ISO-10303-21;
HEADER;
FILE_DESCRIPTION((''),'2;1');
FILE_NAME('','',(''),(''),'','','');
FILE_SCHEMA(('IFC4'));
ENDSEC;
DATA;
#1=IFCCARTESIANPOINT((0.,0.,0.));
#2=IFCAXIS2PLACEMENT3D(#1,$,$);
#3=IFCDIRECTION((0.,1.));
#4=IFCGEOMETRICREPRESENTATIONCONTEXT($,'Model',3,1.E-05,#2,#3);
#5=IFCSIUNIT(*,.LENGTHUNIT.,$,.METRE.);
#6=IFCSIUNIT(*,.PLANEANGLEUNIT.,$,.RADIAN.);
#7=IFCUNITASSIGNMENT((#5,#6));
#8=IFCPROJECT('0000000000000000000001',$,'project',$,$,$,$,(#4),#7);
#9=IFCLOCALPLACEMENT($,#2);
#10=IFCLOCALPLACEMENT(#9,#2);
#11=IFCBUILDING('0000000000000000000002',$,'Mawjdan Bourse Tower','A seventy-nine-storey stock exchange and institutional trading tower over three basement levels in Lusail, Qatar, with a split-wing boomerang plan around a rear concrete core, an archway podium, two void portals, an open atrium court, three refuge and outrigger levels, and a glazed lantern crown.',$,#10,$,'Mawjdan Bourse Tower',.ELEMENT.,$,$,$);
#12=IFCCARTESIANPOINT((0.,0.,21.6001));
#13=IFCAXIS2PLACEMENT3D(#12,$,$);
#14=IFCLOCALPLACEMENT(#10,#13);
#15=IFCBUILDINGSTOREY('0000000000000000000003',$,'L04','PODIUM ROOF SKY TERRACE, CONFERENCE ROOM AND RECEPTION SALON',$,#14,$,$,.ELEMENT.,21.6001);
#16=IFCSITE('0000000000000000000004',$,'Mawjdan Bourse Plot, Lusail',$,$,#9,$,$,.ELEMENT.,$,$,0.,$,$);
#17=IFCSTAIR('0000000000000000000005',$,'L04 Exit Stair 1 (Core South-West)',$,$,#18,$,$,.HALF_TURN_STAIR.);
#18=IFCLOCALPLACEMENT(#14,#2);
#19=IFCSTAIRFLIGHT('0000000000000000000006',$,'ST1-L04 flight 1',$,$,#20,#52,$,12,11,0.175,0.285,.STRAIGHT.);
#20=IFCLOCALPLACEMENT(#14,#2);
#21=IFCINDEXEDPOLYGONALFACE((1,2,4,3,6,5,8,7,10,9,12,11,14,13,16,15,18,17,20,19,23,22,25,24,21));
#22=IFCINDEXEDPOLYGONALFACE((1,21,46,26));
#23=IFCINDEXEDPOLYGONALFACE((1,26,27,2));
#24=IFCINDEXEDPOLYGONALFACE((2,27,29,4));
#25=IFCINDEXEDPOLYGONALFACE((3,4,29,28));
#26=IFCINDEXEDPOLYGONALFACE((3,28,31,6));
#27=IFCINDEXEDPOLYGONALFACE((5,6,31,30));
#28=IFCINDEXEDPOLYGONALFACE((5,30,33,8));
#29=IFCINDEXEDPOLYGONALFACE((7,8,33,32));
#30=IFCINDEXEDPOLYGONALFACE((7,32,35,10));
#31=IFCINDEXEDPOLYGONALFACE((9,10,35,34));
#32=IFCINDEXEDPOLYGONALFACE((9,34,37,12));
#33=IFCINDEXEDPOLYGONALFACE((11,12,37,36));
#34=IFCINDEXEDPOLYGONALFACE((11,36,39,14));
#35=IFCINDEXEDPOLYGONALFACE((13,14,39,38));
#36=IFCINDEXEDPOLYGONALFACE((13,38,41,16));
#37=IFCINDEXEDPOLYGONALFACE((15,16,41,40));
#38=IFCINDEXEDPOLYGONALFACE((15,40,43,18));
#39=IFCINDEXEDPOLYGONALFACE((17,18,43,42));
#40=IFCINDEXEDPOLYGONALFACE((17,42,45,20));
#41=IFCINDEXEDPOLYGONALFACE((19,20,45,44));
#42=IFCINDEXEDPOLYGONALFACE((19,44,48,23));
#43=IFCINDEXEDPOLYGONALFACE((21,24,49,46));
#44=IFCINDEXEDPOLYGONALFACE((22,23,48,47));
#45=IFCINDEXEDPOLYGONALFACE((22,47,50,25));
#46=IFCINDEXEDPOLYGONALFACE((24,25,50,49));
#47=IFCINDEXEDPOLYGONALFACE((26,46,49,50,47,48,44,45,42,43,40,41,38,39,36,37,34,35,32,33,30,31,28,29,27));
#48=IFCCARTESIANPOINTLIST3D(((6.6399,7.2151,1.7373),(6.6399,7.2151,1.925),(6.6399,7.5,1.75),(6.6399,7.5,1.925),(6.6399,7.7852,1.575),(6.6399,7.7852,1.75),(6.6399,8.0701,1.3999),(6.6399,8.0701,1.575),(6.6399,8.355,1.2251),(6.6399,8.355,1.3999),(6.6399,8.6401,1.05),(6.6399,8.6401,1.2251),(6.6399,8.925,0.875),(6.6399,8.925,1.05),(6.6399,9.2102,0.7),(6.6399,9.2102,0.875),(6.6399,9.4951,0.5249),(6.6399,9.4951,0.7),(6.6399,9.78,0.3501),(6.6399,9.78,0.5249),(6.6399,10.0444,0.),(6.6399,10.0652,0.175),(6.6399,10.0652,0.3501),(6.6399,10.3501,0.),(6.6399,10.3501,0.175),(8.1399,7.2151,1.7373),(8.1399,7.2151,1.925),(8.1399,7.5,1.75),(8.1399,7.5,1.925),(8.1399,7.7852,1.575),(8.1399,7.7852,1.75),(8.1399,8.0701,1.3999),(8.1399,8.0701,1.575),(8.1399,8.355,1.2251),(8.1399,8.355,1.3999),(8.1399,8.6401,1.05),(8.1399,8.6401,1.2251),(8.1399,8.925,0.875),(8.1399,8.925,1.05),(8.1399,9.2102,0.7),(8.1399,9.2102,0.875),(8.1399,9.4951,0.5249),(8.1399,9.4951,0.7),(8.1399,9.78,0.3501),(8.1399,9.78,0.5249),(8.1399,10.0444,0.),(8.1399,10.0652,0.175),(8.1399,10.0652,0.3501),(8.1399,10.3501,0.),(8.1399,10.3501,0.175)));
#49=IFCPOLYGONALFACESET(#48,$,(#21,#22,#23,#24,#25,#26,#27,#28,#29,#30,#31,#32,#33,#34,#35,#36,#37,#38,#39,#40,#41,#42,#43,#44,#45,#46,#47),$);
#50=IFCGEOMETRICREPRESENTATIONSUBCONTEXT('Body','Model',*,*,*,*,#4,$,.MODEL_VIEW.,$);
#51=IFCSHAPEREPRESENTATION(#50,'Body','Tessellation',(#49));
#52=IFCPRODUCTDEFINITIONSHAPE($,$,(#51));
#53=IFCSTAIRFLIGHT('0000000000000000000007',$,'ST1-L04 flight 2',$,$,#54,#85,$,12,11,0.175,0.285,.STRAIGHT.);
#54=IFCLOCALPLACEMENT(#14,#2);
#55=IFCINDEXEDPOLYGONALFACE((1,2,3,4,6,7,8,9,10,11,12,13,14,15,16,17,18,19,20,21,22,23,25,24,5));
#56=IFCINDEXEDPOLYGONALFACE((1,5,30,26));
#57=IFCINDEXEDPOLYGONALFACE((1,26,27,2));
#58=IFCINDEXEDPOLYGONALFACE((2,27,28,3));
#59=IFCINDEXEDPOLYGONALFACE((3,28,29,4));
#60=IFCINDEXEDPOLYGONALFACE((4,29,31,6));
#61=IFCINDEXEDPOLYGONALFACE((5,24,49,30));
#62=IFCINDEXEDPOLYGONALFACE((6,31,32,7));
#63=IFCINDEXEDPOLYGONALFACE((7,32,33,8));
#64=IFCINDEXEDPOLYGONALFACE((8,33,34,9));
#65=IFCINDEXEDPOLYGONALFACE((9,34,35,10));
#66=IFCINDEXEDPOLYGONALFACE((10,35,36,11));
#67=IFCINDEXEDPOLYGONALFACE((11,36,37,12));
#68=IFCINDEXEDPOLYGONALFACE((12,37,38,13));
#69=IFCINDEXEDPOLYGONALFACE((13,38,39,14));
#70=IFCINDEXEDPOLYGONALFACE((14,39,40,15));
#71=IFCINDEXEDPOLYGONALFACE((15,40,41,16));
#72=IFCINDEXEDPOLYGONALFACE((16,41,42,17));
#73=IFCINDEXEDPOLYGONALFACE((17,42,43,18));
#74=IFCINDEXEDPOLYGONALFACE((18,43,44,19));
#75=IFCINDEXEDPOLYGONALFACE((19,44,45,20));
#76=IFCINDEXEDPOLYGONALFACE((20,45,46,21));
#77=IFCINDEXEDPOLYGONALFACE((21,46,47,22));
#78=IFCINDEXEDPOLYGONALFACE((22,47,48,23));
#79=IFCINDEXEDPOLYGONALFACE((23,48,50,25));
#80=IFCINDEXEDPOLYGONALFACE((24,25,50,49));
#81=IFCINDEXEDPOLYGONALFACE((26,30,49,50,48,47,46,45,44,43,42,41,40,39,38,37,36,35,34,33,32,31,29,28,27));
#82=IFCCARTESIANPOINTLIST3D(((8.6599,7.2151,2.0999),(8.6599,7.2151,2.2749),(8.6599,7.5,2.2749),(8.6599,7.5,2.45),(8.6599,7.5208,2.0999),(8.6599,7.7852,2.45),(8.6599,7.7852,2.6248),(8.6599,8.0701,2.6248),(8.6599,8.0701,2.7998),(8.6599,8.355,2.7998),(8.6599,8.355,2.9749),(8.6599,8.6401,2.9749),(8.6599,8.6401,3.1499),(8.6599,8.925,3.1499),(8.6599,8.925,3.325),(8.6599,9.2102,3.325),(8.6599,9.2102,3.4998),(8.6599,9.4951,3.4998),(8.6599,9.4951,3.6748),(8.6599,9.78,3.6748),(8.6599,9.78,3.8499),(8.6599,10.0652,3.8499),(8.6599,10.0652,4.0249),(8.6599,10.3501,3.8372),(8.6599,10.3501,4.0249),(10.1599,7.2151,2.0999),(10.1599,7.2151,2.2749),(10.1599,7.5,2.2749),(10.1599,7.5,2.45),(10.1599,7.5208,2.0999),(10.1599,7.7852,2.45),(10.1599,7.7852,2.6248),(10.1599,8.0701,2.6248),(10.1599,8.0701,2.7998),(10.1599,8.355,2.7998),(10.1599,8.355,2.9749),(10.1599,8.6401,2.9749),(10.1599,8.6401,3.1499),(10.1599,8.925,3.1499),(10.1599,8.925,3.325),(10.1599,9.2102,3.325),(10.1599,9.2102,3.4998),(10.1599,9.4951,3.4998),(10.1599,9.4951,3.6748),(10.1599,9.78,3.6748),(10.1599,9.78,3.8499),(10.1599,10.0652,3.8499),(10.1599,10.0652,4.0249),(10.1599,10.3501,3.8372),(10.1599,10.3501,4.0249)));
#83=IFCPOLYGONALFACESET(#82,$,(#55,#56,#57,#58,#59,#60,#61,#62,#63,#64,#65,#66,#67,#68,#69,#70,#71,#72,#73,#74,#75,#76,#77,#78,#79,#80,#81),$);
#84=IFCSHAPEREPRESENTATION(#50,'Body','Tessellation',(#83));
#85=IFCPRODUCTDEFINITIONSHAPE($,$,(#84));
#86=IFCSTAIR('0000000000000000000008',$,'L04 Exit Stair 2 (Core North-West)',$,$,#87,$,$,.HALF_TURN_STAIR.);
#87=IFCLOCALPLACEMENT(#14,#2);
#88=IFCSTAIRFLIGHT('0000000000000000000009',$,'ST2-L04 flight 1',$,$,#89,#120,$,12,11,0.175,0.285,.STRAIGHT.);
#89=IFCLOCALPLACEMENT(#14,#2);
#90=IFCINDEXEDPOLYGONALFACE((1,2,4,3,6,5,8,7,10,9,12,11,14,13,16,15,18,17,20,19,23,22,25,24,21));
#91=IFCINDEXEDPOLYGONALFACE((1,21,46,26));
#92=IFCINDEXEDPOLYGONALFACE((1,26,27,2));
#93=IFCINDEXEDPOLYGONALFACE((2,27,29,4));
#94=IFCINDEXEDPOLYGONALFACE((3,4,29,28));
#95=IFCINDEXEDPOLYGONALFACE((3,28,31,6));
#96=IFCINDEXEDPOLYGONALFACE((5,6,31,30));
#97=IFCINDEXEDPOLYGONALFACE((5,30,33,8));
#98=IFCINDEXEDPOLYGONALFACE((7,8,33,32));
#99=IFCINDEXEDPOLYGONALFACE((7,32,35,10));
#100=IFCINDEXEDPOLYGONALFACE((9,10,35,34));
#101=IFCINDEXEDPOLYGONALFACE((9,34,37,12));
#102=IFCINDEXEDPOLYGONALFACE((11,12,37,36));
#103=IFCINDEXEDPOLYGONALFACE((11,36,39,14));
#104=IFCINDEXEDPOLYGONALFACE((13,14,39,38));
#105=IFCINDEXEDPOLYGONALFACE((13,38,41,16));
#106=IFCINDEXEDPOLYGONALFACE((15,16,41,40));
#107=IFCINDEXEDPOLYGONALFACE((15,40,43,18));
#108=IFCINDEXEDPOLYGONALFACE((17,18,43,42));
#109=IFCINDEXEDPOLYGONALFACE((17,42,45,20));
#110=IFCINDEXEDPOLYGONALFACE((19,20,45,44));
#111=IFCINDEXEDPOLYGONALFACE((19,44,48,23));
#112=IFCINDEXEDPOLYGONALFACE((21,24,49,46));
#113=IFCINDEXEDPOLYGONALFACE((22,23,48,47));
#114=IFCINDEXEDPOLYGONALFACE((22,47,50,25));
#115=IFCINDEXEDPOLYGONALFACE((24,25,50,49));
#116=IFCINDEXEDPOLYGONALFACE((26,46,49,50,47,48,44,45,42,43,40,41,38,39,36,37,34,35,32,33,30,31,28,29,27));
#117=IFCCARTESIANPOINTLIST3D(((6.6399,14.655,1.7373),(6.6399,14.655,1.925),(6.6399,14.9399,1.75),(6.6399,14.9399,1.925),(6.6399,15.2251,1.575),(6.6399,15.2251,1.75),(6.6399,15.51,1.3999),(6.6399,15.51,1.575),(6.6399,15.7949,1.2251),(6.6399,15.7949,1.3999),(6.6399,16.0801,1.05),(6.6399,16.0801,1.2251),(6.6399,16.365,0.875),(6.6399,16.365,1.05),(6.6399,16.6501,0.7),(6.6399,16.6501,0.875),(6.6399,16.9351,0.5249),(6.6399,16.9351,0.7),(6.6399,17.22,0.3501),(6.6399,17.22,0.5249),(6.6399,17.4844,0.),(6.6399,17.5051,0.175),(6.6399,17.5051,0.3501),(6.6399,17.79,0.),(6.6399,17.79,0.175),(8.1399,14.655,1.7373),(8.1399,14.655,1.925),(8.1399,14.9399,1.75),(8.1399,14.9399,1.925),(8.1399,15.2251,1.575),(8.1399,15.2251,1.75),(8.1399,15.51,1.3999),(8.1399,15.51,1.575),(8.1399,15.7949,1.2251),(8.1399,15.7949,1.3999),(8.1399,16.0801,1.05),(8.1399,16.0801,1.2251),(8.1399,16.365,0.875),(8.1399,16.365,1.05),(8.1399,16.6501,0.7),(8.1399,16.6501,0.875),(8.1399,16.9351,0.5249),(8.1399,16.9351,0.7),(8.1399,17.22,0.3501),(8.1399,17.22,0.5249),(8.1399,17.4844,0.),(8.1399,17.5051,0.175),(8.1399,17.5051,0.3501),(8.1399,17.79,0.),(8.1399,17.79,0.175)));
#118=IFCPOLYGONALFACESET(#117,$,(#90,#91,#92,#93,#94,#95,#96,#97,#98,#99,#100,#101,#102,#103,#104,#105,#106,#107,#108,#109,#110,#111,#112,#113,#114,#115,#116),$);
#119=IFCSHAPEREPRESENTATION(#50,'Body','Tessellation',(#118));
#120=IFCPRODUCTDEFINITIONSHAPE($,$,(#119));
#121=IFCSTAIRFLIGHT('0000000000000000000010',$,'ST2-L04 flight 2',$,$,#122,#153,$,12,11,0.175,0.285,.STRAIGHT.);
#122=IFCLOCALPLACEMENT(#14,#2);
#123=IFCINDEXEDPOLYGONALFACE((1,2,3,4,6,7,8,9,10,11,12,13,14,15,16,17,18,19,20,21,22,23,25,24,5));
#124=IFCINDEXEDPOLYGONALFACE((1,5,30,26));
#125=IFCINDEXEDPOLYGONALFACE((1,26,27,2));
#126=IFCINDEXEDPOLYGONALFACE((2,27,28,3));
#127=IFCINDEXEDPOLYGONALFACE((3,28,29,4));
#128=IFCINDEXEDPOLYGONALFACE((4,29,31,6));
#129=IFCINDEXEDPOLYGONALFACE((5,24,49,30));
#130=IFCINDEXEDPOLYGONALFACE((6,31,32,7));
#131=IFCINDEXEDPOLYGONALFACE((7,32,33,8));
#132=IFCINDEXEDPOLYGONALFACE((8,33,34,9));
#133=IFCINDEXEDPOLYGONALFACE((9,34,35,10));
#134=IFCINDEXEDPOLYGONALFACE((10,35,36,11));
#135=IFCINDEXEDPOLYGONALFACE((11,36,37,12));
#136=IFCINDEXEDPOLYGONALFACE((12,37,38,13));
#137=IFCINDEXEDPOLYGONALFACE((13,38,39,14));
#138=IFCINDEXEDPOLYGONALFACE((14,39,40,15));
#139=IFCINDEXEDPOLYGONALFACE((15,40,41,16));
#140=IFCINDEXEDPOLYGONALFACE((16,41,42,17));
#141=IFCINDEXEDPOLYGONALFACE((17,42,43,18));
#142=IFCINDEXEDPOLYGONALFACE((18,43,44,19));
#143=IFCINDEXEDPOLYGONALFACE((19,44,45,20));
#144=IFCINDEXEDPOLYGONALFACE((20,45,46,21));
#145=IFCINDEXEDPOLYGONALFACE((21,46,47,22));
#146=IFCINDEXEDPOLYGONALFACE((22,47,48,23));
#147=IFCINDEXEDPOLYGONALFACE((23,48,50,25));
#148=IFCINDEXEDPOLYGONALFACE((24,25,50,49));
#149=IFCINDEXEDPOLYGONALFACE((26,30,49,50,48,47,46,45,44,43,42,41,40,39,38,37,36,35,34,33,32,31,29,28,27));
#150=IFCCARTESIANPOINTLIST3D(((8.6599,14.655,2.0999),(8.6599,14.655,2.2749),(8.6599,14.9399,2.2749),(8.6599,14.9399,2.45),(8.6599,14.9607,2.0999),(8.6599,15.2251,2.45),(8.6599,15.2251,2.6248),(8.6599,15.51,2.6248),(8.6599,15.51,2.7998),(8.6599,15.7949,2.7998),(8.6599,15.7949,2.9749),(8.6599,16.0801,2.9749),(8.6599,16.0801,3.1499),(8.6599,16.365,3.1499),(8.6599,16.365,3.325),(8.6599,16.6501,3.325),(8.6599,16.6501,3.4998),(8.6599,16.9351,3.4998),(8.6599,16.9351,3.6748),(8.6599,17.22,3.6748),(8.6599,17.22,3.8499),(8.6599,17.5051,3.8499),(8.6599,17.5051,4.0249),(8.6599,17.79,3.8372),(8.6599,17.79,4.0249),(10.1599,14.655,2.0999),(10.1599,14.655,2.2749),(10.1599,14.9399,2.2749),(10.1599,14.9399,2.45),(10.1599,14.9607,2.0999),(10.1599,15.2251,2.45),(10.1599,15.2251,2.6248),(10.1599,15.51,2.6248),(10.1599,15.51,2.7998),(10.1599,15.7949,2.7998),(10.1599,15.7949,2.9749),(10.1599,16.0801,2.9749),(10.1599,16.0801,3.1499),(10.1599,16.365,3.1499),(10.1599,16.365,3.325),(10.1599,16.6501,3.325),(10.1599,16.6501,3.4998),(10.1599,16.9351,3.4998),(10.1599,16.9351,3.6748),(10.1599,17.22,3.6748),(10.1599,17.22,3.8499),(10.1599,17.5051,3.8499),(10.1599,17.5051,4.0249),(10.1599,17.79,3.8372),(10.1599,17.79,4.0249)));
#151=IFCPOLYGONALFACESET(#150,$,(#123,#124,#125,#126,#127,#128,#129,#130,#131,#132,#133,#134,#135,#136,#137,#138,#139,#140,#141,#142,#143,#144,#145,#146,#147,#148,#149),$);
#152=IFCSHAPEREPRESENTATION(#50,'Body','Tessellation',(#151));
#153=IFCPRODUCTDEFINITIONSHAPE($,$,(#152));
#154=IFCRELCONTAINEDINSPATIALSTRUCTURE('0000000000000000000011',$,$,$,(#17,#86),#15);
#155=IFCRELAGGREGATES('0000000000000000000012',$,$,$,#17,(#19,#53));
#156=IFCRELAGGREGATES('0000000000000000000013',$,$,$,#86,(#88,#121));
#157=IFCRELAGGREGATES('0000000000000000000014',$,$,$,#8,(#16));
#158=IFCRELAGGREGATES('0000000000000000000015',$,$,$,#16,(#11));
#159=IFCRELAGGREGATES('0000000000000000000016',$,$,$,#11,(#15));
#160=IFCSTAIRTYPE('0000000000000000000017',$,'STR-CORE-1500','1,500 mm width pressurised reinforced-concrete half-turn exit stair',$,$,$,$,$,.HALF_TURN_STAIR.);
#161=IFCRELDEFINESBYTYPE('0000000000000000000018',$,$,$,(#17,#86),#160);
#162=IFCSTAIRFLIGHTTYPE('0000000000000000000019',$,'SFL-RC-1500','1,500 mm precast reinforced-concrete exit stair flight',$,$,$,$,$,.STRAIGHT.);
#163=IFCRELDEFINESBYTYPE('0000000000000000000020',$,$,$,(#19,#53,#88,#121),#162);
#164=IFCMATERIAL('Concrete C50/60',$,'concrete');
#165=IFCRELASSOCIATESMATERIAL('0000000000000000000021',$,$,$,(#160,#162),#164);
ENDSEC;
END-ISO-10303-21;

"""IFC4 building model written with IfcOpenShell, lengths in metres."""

from ifc_helpers import new_model, si_unit, direction, frame, origin, place, context, subcontext, project, spatial, polyline, outline, extrude, material, type_object, element, aggregate, save


model = new_model("IFC4")

# Units and contexts
model_context = context("Model", 3, precision=1e-05, world=origin(), true_north=direction((0.0, 1.0)))
body_context = subcontext(model_context, "Body", "Model", "MODEL_VIEW")
ifc_project = project(units=[si_unit("LENGTHUNIT", "METRE"), si_unit("PLANEANGLEUNIT", "RADIAN")], contexts=[model_context])

# Site, building, storey
site_placement = place(None, origin())
site = spatial("IfcSite", under=ifc_project, at=site_placement, Name="Mawjdan Bourse Plot, Lusail", CompositionType="ELEMENT", RefElevation=0.0)
building_placement = place(site_placement, origin())
building = spatial("IfcBuilding", under=site, at=building_placement, Name="Mawjdan Bourse Tower", Description="A seventy-nine-storey stock exchange and institutional trading tower over three basement levels in Lusail, Qatar, with a split-wing boomerang plan around a rear concrete core, an archway podium, two void portals, an open atrium court, three refuge and outrigger levels, and a glazed lantern crown.", LongName="Mawjdan Bourse Tower", CompositionType="ELEMENT")
storey_placement = place(building_placement, frame((0.0, 0.0, 21.6001)))
storey = spatial("IfcBuildingStorey", under=building, at=storey_placement, Name="L04", Description="PODIUM ROOF SKY TERRACE, CONFERENCE ROOM AND RECEPTION SALON", CompositionType="ELEMENT", Elevation=21.6001)

# Shared definitions
ifc_material_1 = material(Name="Concrete C50/60", Category="concrete")

# Stairs, stair flights
stair_type = type_object("IfcStairType", Name="STR-CORE-1500", Description="1,500 mm width pressurised reinforced-concrete half-turn exit stair", PredefinedType="HALF_TURN_STAIR", material=ifc_material_1)
stair_1_placement = place(storey_placement, origin())
stair_1 = element("IfcStair", 1, at=stair_1_placement, inside=storey, type_object=stair_type, Name="L04 Exit Stair 1 (Core South-West)", PredefinedType="HALF_TURN_STAIR")
stair_flight_type = type_object("IfcStairFlightType", Name="SFL-RC-1500", Description="1,500 mm precast reinforced-concrete exit stair flight", PredefinedType="STRAIGHT", material=ifc_material_1)
stair_flight_1_placement = place(storey_placement, frame((7.3899, 10.3501, 0.0), z_axis=(0.0, 0.0, 1.0), x_axis=(0.0, -1.0, 0.0)))
stair_flight_1 = element("IfcStairFlight", 2, at=stair_flight_1_placement, type_object=stair_flight_type, Name="ST1-L04 flight 1", NumberOfRisers=12, NumberOfTreads=11, PredefinedType="STRAIGHT", RiserHeight=0.175, TreadLength=0.285, context=body_context, shape_type="SweptSolid", body=[
    extrude(outline(polyline([(0.0, 0.0), (0.0, 0.175), (0.2849, 0.175), (0.2849, 0.3501), (0.5701, 0.3501), (0.5701, 0.5249), (0.855, 0.5249), (0.855, 0.7), (1.1399, 0.7), (1.1399, 0.875), (1.425, 0.875), (1.425, 1.05), (1.71, 1.05), (1.71, 1.2251), (1.9951, 1.2251), (1.9951, 1.3999), (2.28, 1.3999), (2.28, 1.575), (2.5649, 1.575), (2.5649, 1.75), (2.8501, 1.75), (2.8501, 1.925), (3.135, 1.925), (3.135, 2.1001), (3.135, 1.7373), (0.3057, 0.0), (0.0, 0.0)])), frame((0.0, 0.75, 0.0), z_axis=(0.0, -1.0, 0.0), x_axis=(1.0, 0.0, 0.0)), (0.0, 0.0, 1.0), 1.5),
])
stair_flight_2_placement = place(storey_placement, frame((9.4099, 7.2151, 2.0999), z_axis=(0.0, 0.0, 1.0), x_axis=(0.0, 1.0, 0.0)))
stair_flight_2 = element("IfcStairFlight", 3, at=stair_flight_2_placement, type_object=stair_flight_type, Name="ST1-L04 flight 2", NumberOfRisers=12, NumberOfTreads=11, PredefinedType="STRAIGHT", RiserHeight=0.175, TreadLength=0.285, context=body_context, shape_type="SweptSolid", body=[
    extrude(outline(polyline([(0.0, 0.0), (0.0, 0.175), (0.2849, 0.175), (0.2849, 0.3501), (0.5701, 0.3501), (0.5701, 0.5249), (0.855, 0.5249), (0.855, 0.7), (1.1399, 0.7), (1.1399, 0.875), (1.425, 0.875), (1.425, 1.05), (1.71, 1.05), (1.71, 1.2251), (1.9951, 1.2251), (1.9951, 1.3999), (2.28, 1.3999), (2.28, 1.575), (2.5649, 1.575), (2.5649, 1.75), (2.8501, 1.75), (2.8501, 1.925), (3.135, 1.925), (3.135, 2.1001), (3.135, 1.7373), (0.3057, 0.0), (0.0, 0.0)])), frame((0.0, 0.75, 0.0), z_axis=(0.0, -1.0, 0.0), x_axis=(1.0, 0.0, 0.0)), (0.0, 0.0, 1.0), 1.5),
])
aggregate(stair_1, [stair_flight_1, stair_flight_2])
stair_2_placement = place(storey_placement, origin())
stair_2 = element("IfcStair", 4, at=stair_2_placement, inside=storey, type_object=stair_type, Name="L04 Exit Stair 2 (Core North-West)", PredefinedType="HALF_TURN_STAIR")
stair_flight_3_placement = place(storey_placement, frame((7.3899, 17.79, 0.0), z_axis=(0.0, 0.0, 1.0), x_axis=(0.0, -1.0, 0.0)))
stair_flight_3 = element("IfcStairFlight", 5, at=stair_flight_3_placement, type_object=stair_flight_type, Name="ST2-L04 flight 1", NumberOfRisers=12, NumberOfTreads=11, PredefinedType="STRAIGHT", RiserHeight=0.175, TreadLength=0.285, context=body_context, shape_type="SweptSolid", body=[
    extrude(outline(polyline([(0.0, 0.0), (0.0, 0.175), (0.2849, 0.175), (0.2849, 0.3501), (0.5701, 0.3501), (0.5701, 0.5249), (0.855, 0.5249), (0.855, 0.7), (1.1399, 0.7), (1.1399, 0.875), (1.425, 0.875), (1.425, 1.05), (1.71, 1.05), (1.71, 1.2251), (1.9951, 1.2251), (1.9951, 1.3999), (2.28, 1.3999), (2.28, 1.575), (2.5649, 1.575), (2.5649, 1.75), (2.8501, 1.75), (2.8501, 1.925), (3.135, 1.925), (3.135, 2.1001), (3.135, 1.7373), (0.3057, 0.0), (0.0, 0.0)])), frame((0.0, 0.75, 0.0), z_axis=(0.0, -1.0, 0.0), x_axis=(1.0, 0.0, 0.0)), (0.0, 0.0, 1.0), 1.5),
])
stair_flight_4_placement = place(storey_placement, frame((9.4099, 14.655, 2.0999), z_axis=(0.0, 0.0, 1.0), x_axis=(0.0, 1.0, 0.0)))
stair_flight_4 = element("IfcStairFlight", 6, at=stair_flight_4_placement, type_object=stair_flight_type, Name="ST2-L04 flight 2", NumberOfRisers=12, NumberOfTreads=11, PredefinedType="STRAIGHT", RiserHeight=0.175, TreadLength=0.285, context=body_context, shape_type="SweptSolid", body=[
    extrude(outline(polyline([(0.0, 0.0), (0.0, 0.175), (0.2849, 0.175), (0.2849, 0.3501), (0.5701, 0.3501), (0.5701, 0.5249), (0.855, 0.5249), (0.855, 0.7), (1.1399, 0.7), (1.1399, 0.875), (1.425, 0.875), (1.425, 1.05), (1.71, 1.05), (1.71, 1.2251), (1.9951, 1.2251), (1.9951, 1.3999), (2.28, 1.3999), (2.28, 1.575), (2.5649, 1.575), (2.5649, 1.75), (2.8501, 1.75), (2.8501, 1.925), (3.135, 1.925), (3.135, 2.1001), (3.135, 1.7373), (0.3057, 0.0), (0.0, 0.0)])), frame((0.0, 0.75, 0.0), z_axis=(0.0, -1.0, 0.0), x_axis=(1.0, 0.0, 0.0)), (0.0, 0.0, 1.0), 1.5),
])
aggregate(stair_2, [stair_flight_3, stair_flight_4])

save(model, "model.ifc")
